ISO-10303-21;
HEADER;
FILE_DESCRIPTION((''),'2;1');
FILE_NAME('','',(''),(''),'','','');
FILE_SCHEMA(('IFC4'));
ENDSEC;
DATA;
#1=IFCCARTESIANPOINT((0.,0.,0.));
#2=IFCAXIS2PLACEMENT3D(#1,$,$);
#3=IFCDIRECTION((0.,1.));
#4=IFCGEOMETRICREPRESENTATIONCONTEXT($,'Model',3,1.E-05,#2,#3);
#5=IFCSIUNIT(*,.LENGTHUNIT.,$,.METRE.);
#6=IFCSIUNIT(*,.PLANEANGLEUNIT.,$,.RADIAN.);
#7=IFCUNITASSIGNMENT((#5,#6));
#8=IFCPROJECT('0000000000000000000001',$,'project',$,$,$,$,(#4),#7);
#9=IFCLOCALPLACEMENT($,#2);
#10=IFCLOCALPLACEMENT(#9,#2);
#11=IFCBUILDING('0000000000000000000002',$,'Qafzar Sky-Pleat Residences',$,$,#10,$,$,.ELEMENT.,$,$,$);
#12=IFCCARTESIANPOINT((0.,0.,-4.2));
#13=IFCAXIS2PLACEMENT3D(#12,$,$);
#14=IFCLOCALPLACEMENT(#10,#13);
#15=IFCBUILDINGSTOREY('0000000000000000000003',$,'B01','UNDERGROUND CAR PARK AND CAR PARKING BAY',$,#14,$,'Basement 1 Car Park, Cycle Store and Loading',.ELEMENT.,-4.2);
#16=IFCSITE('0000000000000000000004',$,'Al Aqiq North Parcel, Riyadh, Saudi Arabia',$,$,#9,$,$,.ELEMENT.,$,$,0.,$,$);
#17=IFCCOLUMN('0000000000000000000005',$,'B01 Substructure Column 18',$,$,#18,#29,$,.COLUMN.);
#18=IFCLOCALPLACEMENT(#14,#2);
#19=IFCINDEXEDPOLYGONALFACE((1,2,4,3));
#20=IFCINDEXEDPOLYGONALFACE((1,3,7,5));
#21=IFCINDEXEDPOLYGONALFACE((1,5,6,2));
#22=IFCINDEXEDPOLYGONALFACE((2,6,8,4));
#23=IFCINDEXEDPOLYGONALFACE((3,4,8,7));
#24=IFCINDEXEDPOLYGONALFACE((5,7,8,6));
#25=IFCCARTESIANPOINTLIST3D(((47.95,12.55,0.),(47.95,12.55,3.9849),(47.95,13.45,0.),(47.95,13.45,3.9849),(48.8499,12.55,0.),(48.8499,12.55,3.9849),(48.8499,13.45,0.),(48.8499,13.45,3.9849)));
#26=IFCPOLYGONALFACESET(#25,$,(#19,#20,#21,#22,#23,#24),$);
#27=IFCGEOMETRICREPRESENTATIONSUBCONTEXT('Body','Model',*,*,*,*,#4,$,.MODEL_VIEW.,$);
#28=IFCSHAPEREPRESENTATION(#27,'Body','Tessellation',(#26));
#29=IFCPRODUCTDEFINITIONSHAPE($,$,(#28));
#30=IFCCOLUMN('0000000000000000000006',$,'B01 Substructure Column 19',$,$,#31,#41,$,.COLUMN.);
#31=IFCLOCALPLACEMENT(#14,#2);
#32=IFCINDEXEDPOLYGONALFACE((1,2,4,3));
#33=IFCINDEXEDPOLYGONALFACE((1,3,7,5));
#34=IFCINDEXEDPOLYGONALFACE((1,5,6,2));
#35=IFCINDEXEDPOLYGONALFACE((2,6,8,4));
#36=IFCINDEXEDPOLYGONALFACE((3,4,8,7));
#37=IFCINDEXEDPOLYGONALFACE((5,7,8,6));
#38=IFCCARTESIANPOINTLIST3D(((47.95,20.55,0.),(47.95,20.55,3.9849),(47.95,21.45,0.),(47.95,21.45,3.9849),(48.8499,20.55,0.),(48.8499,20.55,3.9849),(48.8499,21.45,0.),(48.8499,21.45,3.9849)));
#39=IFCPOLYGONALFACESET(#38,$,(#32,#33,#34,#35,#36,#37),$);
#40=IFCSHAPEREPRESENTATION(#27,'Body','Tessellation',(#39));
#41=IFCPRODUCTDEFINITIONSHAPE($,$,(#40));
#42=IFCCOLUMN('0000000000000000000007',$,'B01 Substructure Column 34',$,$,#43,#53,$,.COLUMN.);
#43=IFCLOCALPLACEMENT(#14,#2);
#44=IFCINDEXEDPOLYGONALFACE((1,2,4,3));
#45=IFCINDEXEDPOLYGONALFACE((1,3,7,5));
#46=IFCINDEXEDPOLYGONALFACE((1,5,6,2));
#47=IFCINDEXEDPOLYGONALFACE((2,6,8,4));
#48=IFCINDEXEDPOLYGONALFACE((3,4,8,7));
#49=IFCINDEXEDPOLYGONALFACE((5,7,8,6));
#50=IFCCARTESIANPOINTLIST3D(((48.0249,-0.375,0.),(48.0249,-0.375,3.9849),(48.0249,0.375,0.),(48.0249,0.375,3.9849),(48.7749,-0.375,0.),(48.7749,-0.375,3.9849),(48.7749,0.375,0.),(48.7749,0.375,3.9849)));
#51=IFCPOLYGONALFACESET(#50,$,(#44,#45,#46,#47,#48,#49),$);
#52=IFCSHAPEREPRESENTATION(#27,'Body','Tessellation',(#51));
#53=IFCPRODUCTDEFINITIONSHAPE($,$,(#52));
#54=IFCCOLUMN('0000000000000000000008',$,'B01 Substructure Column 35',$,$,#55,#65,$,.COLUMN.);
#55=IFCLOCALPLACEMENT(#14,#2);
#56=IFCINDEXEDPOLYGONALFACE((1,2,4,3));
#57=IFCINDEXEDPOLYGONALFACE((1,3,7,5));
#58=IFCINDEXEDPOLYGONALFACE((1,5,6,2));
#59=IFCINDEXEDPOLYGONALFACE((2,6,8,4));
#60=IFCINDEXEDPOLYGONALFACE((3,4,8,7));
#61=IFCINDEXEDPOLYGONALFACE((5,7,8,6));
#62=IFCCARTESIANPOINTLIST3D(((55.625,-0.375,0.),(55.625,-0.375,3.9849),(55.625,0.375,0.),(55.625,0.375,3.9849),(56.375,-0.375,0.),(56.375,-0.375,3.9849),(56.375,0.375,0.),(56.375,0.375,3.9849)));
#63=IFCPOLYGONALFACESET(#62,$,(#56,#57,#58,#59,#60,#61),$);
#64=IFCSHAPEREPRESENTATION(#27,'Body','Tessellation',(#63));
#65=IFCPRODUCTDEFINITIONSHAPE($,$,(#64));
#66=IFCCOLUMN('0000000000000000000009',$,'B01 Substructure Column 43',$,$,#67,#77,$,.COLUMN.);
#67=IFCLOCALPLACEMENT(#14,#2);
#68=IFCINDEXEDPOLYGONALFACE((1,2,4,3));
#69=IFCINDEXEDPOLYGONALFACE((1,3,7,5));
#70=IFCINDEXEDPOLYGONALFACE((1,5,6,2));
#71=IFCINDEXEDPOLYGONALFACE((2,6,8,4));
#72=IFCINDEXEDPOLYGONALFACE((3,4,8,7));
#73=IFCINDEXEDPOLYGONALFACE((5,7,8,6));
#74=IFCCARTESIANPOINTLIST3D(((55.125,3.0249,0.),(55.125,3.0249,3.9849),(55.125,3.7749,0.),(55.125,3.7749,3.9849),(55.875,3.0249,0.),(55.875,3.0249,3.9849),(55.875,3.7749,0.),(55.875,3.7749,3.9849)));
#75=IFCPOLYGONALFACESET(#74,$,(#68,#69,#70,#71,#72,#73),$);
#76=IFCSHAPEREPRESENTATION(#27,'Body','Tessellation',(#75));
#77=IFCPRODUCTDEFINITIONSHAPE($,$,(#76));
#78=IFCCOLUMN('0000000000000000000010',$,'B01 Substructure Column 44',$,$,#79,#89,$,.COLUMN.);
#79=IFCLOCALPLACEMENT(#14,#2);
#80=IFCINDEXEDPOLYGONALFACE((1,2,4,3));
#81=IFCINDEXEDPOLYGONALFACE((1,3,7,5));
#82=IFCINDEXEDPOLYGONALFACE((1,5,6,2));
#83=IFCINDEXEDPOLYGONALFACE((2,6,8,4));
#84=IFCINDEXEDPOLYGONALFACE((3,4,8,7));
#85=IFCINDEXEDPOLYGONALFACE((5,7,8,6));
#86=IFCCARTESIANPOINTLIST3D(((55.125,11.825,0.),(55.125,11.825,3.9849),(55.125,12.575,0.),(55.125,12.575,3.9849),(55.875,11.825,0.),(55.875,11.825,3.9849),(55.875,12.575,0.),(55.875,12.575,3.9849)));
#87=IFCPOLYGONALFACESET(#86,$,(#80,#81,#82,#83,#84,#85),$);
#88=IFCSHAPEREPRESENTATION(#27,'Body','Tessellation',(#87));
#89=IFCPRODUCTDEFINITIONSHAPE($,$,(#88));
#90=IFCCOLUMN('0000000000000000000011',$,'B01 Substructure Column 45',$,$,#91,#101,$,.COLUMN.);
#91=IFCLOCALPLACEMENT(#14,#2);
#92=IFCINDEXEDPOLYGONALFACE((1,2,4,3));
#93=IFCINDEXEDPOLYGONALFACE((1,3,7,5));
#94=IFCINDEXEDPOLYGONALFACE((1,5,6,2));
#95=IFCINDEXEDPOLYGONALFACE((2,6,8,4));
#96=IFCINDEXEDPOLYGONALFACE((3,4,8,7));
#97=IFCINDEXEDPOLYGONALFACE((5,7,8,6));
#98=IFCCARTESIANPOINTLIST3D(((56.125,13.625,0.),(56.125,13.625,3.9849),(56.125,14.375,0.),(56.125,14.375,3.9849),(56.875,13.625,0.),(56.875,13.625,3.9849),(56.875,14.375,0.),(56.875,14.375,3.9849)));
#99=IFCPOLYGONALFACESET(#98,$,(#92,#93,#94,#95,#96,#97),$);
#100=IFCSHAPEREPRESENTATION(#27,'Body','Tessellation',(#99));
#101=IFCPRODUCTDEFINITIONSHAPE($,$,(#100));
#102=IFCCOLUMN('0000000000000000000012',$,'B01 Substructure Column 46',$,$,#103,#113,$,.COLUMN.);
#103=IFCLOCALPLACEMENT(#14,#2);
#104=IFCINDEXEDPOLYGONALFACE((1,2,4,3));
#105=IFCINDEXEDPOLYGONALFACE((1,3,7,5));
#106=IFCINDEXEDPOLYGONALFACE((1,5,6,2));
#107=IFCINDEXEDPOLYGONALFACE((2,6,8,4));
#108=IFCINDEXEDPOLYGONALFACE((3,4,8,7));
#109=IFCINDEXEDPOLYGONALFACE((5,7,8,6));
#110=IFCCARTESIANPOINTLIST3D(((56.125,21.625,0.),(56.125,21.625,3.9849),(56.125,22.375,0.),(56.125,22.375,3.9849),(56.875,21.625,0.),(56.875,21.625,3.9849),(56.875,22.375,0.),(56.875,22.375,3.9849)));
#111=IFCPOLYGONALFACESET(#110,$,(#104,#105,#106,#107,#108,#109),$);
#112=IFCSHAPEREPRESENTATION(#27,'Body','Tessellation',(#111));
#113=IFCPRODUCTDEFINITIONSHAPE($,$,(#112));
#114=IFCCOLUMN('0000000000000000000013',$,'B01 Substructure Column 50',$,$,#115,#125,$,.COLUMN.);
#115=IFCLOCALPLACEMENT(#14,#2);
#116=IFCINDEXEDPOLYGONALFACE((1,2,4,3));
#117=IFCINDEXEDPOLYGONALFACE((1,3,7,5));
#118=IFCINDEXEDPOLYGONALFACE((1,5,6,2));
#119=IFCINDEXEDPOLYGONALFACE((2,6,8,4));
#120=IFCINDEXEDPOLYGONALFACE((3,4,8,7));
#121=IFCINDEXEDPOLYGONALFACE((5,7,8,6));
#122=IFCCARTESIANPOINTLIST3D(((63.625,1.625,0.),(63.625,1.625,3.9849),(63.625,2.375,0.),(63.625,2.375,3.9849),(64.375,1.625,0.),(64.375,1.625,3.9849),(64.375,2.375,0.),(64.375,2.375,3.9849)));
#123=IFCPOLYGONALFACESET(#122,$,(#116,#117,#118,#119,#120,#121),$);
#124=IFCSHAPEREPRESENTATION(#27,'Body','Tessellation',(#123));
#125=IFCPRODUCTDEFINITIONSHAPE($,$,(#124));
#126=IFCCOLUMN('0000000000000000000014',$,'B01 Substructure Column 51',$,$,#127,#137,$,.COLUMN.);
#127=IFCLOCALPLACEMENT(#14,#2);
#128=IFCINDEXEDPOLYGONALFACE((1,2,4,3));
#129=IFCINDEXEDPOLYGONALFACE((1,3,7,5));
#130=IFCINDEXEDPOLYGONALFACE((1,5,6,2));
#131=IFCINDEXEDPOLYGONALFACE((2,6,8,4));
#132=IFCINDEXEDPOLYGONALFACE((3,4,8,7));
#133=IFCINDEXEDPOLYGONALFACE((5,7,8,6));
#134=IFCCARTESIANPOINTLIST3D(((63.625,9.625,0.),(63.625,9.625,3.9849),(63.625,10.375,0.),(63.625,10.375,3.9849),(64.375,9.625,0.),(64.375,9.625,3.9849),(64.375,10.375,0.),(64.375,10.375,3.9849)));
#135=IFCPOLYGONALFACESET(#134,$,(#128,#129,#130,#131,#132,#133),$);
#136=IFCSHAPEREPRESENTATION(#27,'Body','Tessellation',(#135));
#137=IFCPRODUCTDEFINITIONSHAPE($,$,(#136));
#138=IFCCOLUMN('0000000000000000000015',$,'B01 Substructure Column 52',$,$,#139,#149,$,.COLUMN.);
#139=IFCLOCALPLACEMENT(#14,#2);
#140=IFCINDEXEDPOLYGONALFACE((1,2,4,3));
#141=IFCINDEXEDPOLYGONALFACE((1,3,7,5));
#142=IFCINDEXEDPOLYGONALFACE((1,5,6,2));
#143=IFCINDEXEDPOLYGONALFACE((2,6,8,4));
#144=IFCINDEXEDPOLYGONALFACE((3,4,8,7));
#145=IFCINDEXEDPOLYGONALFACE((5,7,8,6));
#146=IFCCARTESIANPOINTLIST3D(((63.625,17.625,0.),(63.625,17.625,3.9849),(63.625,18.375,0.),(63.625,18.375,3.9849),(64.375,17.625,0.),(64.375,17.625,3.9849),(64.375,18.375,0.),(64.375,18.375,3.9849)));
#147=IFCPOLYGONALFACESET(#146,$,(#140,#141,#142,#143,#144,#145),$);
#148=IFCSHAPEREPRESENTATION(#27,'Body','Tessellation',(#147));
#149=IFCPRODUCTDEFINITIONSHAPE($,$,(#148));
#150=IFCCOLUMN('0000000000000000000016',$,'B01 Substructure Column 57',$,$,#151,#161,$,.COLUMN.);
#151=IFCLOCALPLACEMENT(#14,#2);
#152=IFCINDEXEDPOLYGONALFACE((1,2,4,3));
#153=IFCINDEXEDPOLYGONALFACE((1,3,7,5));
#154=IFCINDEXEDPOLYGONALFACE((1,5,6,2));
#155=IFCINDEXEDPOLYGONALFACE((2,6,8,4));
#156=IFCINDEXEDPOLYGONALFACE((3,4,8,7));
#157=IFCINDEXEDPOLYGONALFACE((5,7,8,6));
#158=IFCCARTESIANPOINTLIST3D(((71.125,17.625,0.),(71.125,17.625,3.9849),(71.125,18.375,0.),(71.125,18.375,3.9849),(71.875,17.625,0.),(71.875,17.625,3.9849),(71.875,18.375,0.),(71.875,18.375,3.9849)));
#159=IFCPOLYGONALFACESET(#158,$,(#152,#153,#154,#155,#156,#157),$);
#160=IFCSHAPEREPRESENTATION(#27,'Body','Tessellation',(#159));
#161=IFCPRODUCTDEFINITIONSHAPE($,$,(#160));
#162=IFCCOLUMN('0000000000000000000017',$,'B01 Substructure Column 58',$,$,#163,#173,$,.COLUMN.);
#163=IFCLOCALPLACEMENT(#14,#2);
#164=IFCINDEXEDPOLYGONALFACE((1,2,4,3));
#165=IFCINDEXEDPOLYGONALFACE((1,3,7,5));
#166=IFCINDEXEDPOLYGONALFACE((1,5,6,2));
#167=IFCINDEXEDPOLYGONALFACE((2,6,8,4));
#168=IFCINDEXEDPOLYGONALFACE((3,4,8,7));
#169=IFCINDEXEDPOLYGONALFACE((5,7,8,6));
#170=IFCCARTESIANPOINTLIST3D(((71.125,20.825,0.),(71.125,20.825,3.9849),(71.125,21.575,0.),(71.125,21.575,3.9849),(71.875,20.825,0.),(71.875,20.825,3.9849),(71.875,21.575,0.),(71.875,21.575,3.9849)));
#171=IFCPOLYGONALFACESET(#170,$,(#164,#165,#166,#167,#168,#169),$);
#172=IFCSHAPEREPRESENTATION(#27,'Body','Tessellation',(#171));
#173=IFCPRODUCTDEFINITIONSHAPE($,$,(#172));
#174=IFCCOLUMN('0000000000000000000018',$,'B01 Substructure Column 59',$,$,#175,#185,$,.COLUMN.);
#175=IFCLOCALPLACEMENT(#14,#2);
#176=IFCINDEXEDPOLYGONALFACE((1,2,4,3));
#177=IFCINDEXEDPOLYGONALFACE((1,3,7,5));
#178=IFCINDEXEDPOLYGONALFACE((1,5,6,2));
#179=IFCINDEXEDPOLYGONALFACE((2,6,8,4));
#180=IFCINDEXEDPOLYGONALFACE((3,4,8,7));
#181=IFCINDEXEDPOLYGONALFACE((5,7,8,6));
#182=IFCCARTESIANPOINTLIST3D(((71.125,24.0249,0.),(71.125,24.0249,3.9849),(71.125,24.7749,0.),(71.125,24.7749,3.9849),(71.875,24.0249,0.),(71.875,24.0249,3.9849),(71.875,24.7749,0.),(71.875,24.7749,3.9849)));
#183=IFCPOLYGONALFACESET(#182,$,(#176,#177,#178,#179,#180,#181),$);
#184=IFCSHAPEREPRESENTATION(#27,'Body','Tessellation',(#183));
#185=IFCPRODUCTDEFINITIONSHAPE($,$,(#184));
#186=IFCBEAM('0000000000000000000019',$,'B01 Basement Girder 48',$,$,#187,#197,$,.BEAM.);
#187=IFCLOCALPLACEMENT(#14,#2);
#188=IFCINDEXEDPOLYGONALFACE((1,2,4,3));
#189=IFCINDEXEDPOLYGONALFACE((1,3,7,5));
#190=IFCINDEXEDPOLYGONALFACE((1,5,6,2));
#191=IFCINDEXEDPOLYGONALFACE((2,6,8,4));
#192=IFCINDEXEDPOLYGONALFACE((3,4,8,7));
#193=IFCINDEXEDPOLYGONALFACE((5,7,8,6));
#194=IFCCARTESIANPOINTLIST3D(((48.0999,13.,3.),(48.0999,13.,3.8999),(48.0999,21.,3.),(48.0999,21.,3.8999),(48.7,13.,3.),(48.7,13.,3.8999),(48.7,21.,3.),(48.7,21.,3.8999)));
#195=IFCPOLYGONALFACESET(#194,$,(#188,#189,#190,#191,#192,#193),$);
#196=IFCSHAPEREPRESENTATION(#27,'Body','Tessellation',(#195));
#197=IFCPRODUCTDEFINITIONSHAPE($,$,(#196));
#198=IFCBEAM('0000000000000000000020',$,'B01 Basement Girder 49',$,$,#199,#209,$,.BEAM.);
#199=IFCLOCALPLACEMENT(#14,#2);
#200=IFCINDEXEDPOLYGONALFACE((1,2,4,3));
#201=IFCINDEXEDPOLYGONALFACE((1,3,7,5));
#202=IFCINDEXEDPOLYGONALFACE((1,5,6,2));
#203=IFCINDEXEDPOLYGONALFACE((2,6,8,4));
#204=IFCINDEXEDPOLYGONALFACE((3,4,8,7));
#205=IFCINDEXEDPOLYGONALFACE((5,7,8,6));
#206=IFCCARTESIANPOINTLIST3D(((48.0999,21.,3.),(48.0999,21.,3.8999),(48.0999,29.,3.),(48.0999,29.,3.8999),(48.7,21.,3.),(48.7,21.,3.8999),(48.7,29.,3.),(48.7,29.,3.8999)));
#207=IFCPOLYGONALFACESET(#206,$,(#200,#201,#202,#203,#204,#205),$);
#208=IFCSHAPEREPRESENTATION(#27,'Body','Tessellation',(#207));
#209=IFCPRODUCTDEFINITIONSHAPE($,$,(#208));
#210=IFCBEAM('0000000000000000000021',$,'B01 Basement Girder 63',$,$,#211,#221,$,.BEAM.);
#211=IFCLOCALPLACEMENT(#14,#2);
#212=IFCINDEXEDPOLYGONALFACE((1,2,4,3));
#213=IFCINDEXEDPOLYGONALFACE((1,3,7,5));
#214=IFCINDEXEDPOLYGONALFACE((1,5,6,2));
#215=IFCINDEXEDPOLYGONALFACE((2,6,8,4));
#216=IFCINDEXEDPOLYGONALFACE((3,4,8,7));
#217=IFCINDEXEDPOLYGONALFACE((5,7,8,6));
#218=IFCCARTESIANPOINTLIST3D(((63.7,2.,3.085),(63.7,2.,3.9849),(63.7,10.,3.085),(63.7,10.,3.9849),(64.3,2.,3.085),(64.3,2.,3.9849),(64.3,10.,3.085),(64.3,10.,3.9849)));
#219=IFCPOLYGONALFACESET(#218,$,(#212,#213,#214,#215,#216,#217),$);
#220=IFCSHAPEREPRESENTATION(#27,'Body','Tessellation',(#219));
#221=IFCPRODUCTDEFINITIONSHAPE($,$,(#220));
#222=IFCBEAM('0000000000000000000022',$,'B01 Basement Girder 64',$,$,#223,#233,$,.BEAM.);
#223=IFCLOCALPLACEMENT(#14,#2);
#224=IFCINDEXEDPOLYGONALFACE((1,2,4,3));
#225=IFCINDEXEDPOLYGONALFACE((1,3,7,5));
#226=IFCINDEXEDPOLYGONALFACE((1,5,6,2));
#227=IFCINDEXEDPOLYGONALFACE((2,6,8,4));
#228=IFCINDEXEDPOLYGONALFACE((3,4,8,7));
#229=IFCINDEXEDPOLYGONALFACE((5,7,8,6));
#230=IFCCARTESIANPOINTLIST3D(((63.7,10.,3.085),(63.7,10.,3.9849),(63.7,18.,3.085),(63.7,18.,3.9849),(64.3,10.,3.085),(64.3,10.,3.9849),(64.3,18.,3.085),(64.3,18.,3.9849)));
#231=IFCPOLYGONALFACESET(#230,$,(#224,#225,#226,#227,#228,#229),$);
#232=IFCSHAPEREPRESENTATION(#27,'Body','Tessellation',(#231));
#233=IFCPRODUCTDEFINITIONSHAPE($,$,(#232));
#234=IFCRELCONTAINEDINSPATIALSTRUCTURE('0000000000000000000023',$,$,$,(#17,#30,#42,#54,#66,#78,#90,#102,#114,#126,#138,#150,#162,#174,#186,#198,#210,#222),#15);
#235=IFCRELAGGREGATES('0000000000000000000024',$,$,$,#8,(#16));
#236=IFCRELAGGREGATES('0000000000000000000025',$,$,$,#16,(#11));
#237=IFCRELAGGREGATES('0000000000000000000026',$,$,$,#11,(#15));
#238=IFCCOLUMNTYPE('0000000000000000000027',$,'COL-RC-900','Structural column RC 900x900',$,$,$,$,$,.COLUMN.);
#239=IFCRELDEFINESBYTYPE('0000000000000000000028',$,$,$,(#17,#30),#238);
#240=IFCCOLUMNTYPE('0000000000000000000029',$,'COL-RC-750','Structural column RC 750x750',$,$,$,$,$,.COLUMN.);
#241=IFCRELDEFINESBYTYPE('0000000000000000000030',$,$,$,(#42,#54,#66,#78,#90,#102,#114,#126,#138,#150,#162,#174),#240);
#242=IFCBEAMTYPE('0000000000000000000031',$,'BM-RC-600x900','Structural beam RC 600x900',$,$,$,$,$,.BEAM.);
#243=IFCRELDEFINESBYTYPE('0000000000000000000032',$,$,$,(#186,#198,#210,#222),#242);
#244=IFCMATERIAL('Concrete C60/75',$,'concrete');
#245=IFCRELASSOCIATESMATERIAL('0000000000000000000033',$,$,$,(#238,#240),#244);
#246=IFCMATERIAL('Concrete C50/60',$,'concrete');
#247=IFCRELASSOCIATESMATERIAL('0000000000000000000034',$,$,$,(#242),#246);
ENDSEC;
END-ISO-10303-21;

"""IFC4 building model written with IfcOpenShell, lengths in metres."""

from ifc_helpers import new_model, si_unit, direction, frame, origin, origin_2d, place, context, subcontext, project, spatial, rectangle, extrude, source, transform, mapped, material, material_profile, profile_set, type_object, element, save


model = new_model("IFC4")

# Units and contexts
model_context = context("Model", 3, precision=1e-05, world=origin(), true_north=direction((0.0, 1.0)))
body_context = subcontext(model_context, "Body", "Model", "MODEL_VIEW")
ifc_project = project(units=[si_unit("LENGTHUNIT", "METRE"), si_unit("PLANEANGLEUNIT", "RADIAN")], contexts=[model_context])

# Site, building, storey
site_placement = place(None, origin())
site = spatial("IfcSite", under=ifc_project, at=site_placement, Name="Al Aqiq North Parcel, Riyadh, Saudi Arabia", CompositionType="ELEMENT", RefElevation=0.0)
building_placement = place(site_placement, origin())
building = spatial("IfcBuilding", under=site, at=building_placement, Name="Qafzar Sky-Pleat Residences", CompositionType="ELEMENT")
storey_placement = place(building_placement, frame((0.0, 0.0, -4.2)))
storey = spatial("IfcBuildingStorey", under=building, at=storey_placement, Name="B01", Description="UNDERGROUND CAR PARK AND CAR PARKING BAY", LongName="Basement 1 Car Park, Cycle Store and Loading", CompositionType="ELEMENT", Elevation=-4.2)

# Columns
ifc_material_1 = material(Name="Concrete C60/75", Category="concrete")
ifc_material_profile_1 = material_profile(ifc_material_1, rectangle(XDim=0.8999, YDim=0.8999, at=origin_2d()), Name="RC 900x900")
ifc_profile_set_1 = profile_set([ifc_material_profile_1], Name="Concrete C60/75")
column_type_1 = type_object("IfcColumnType", Name="COL-RC-900", Description="Structural column RC 900x900", PredefinedType="COLUMN", material=ifc_profile_set_1)
shared_shape_1 = source(origin(), body_context, "Body", "SweptSolid", [
    extrude(rectangle(XDim=0.8999, YDim=0.8999, at=origin_2d()), origin(), (0.0, 0.0, 1.0), 3.9849),
])
for number, where, z_axis, x_axis, name in (
    (1, (48.3999, 13.0, 0.0), (0.0, 0.0, 1.0), (1.0, 0.0, 0.0), "B01 Substructure Column 18"),
    (2, (48.3999, 21.0, 0.0), (0.0, 0.0, 1.0), (1.0, 0.0, 0.0), "B01 Substructure Column 19"),
):
    element("IfcColumn", number, at=place(storey_placement, frame(where, z_axis=z_axis, x_axis=x_axis)), inside=storey, type_object=column_type_1, Name=name, PredefinedType="COLUMN", context=body_context, shape_type="MappedRepresentation", body=[
        mapped(shared_shape_1, transform((0.0, 0.0, 0.0), x_axis=(1.0, 0.0, 0.0), y_axis=(0.0, 1.0, 0.0), z_axis=(0.0, 0.0, 1.0), scale=1.0)),
    ])
ifc_material_profile_2 = material_profile(ifc_material_1, rectangle(XDim=0.75, YDim=0.75, at=origin_2d()), Name="RC 750x750")
ifc_profile_set_2 = profile_set([ifc_material_profile_2], Name="Concrete C60/75")
column_type_2 = type_object("IfcColumnType", Name="COL-RC-750", Description="Structural column RC 750x750", PredefinedType="COLUMN", material=ifc_profile_set_2)
shared_shape_2 = source(origin(), body_context, "Body", "SweptSolid", [
    extrude(rectangle(XDim=0.75, YDim=0.75, at=origin_2d()), origin(), (0.0, 0.0, 1.0), 3.9849),
])
for number, where, z_axis, x_axis, name in (
    (3, (48.3999, 0.0, 0.0), (0.0, 0.0, 1.0), (1.0, 0.0, 0.0), "B01 Substructure Column 34"),
    (4, (56.0, 0.0, 0.0), (0.0, 0.0, 1.0), (1.0, 0.0, 0.0), "B01 Substructure Column 35"),
    (5, (55.5, 3.3999, 0.0), (0.0, 0.0, 1.0), (1.0, 0.0, 0.0), "B01 Substructure Column 43"),
    (6, (55.5, 12.2, 0.0), (0.0, 0.0, 1.0), (1.0, 0.0, 0.0), "B01 Substructure Column 44"),
    (7, (56.5, 14.0, 0.0), (0.0, 0.0, 1.0), (1.0, 0.0, 0.0), "B01 Substructure Column 45"),
    (8, (56.5, 22.0, 0.0), (0.0, 0.0, 1.0), (1.0, 0.0, 0.0), "B01 Substructure Column 46"),
    (9, (64.0, 2.0, 0.0), (0.0, 0.0, 1.0), (1.0, 0.0, 0.0), "B01 Substructure Column 50"),
    (10, (64.0, 10.0, 0.0), (0.0, 0.0, 1.0), (1.0, 0.0, 0.0), "B01 Substructure Column 51"),
    (11, (64.0, 18.0, 0.0), (0.0, 0.0, 1.0), (1.0, 0.0, 0.0), "B01 Substructure Column 52"),
    (12, (71.5, 18.0, 0.0), (0.0, 0.0, 1.0), (1.0, 0.0, 0.0), "B01 Substructure Column 57"),
    (13, (71.5, 21.2, 0.0), (0.0, 0.0, 1.0), (1.0, 0.0, 0.0), "B01 Substructure Column 58"),
    (14, (71.5, 24.3999, 0.0), (0.0, 0.0, 1.0), (1.0, 0.0, 0.0), "B01 Substructure Column 59"),
):
    element("IfcColumn", number, at=place(storey_placement, frame(where, z_axis=z_axis, x_axis=x_axis)), inside=storey, type_object=column_type_2, Name=name, PredefinedType="COLUMN", context=body_context, shape_type="MappedRepresentation", body=[
        mapped(shared_shape_2, transform((0.0, 0.0, 0.0), x_axis=(1.0, 0.0, 0.0), y_axis=(0.0, 1.0, 0.0), z_axis=(0.0, 0.0, 1.0), scale=1.0)),
    ])

# Beams
ifc_material_2 = material(Name="Concrete C50/60", Category="concrete")
ifc_material_profile_3 = material_profile(ifc_material_2, rectangle(XDim=0.6001, YDim=0.8999, at=origin_2d()), Name="RC 600x900")
ifc_profile_set_3 = profile_set([ifc_material_profile_3], Name="Concrete C50/60")
beam_type_1 = type_object("IfcBeamType", Name="BM-RC-600x900", Description="Structural beam RC 600x900", PredefinedType="BEAM", material=ifc_profile_set_3)
shared_shape_3 = source(origin(), body_context, "Body", "SweptSolid", [
    extrude(rectangle(XDim=0.6001, YDim=0.8999, at=origin_2d()), origin(), (0.0, 0.0, 1.0), 8.0),
])
for number, where, z_axis, x_axis, name in (
    (15, (48.3999, 13.0, 3.45), (0.0, 1.0, 0.0), (-1.0, 0.0, 0.0), "B01 Basement Girder 48"),
    (16, (48.3999, 21.0, 3.45), (0.0, 1.0, 0.0), (-1.0, 0.0, 0.0), "B01 Basement Girder 49"),
    (17, (64.0, 2.0, 3.5349), (0.0, 1.0, 0.0), (-1.0, 0.0, 0.0), "B01 Basement Girder 63"),
    (18, (64.0, 10.0, 3.5349), (0.0, 1.0, 0.0), (-1.0, 0.0, 0.0), "B01 Basement Girder 64"),
):
    element("IfcBeam", number, at=place(storey_placement, frame(where, z_axis=z_axis, x_axis=x_axis)), inside=storey, type_object=beam_type_1, Name=name, PredefinedType="BEAM", context=body_context, shape_type="MappedRepresentation", body=[
        mapped(shared_shape_3, transform((0.0, 0.0, 0.0), x_axis=(1.0, 0.0, 0.0), y_axis=(0.0, 1.0, 0.0), z_axis=(0.0, 0.0, 1.0), scale=1.0)),
    ])

save(model, "model.ifc")
